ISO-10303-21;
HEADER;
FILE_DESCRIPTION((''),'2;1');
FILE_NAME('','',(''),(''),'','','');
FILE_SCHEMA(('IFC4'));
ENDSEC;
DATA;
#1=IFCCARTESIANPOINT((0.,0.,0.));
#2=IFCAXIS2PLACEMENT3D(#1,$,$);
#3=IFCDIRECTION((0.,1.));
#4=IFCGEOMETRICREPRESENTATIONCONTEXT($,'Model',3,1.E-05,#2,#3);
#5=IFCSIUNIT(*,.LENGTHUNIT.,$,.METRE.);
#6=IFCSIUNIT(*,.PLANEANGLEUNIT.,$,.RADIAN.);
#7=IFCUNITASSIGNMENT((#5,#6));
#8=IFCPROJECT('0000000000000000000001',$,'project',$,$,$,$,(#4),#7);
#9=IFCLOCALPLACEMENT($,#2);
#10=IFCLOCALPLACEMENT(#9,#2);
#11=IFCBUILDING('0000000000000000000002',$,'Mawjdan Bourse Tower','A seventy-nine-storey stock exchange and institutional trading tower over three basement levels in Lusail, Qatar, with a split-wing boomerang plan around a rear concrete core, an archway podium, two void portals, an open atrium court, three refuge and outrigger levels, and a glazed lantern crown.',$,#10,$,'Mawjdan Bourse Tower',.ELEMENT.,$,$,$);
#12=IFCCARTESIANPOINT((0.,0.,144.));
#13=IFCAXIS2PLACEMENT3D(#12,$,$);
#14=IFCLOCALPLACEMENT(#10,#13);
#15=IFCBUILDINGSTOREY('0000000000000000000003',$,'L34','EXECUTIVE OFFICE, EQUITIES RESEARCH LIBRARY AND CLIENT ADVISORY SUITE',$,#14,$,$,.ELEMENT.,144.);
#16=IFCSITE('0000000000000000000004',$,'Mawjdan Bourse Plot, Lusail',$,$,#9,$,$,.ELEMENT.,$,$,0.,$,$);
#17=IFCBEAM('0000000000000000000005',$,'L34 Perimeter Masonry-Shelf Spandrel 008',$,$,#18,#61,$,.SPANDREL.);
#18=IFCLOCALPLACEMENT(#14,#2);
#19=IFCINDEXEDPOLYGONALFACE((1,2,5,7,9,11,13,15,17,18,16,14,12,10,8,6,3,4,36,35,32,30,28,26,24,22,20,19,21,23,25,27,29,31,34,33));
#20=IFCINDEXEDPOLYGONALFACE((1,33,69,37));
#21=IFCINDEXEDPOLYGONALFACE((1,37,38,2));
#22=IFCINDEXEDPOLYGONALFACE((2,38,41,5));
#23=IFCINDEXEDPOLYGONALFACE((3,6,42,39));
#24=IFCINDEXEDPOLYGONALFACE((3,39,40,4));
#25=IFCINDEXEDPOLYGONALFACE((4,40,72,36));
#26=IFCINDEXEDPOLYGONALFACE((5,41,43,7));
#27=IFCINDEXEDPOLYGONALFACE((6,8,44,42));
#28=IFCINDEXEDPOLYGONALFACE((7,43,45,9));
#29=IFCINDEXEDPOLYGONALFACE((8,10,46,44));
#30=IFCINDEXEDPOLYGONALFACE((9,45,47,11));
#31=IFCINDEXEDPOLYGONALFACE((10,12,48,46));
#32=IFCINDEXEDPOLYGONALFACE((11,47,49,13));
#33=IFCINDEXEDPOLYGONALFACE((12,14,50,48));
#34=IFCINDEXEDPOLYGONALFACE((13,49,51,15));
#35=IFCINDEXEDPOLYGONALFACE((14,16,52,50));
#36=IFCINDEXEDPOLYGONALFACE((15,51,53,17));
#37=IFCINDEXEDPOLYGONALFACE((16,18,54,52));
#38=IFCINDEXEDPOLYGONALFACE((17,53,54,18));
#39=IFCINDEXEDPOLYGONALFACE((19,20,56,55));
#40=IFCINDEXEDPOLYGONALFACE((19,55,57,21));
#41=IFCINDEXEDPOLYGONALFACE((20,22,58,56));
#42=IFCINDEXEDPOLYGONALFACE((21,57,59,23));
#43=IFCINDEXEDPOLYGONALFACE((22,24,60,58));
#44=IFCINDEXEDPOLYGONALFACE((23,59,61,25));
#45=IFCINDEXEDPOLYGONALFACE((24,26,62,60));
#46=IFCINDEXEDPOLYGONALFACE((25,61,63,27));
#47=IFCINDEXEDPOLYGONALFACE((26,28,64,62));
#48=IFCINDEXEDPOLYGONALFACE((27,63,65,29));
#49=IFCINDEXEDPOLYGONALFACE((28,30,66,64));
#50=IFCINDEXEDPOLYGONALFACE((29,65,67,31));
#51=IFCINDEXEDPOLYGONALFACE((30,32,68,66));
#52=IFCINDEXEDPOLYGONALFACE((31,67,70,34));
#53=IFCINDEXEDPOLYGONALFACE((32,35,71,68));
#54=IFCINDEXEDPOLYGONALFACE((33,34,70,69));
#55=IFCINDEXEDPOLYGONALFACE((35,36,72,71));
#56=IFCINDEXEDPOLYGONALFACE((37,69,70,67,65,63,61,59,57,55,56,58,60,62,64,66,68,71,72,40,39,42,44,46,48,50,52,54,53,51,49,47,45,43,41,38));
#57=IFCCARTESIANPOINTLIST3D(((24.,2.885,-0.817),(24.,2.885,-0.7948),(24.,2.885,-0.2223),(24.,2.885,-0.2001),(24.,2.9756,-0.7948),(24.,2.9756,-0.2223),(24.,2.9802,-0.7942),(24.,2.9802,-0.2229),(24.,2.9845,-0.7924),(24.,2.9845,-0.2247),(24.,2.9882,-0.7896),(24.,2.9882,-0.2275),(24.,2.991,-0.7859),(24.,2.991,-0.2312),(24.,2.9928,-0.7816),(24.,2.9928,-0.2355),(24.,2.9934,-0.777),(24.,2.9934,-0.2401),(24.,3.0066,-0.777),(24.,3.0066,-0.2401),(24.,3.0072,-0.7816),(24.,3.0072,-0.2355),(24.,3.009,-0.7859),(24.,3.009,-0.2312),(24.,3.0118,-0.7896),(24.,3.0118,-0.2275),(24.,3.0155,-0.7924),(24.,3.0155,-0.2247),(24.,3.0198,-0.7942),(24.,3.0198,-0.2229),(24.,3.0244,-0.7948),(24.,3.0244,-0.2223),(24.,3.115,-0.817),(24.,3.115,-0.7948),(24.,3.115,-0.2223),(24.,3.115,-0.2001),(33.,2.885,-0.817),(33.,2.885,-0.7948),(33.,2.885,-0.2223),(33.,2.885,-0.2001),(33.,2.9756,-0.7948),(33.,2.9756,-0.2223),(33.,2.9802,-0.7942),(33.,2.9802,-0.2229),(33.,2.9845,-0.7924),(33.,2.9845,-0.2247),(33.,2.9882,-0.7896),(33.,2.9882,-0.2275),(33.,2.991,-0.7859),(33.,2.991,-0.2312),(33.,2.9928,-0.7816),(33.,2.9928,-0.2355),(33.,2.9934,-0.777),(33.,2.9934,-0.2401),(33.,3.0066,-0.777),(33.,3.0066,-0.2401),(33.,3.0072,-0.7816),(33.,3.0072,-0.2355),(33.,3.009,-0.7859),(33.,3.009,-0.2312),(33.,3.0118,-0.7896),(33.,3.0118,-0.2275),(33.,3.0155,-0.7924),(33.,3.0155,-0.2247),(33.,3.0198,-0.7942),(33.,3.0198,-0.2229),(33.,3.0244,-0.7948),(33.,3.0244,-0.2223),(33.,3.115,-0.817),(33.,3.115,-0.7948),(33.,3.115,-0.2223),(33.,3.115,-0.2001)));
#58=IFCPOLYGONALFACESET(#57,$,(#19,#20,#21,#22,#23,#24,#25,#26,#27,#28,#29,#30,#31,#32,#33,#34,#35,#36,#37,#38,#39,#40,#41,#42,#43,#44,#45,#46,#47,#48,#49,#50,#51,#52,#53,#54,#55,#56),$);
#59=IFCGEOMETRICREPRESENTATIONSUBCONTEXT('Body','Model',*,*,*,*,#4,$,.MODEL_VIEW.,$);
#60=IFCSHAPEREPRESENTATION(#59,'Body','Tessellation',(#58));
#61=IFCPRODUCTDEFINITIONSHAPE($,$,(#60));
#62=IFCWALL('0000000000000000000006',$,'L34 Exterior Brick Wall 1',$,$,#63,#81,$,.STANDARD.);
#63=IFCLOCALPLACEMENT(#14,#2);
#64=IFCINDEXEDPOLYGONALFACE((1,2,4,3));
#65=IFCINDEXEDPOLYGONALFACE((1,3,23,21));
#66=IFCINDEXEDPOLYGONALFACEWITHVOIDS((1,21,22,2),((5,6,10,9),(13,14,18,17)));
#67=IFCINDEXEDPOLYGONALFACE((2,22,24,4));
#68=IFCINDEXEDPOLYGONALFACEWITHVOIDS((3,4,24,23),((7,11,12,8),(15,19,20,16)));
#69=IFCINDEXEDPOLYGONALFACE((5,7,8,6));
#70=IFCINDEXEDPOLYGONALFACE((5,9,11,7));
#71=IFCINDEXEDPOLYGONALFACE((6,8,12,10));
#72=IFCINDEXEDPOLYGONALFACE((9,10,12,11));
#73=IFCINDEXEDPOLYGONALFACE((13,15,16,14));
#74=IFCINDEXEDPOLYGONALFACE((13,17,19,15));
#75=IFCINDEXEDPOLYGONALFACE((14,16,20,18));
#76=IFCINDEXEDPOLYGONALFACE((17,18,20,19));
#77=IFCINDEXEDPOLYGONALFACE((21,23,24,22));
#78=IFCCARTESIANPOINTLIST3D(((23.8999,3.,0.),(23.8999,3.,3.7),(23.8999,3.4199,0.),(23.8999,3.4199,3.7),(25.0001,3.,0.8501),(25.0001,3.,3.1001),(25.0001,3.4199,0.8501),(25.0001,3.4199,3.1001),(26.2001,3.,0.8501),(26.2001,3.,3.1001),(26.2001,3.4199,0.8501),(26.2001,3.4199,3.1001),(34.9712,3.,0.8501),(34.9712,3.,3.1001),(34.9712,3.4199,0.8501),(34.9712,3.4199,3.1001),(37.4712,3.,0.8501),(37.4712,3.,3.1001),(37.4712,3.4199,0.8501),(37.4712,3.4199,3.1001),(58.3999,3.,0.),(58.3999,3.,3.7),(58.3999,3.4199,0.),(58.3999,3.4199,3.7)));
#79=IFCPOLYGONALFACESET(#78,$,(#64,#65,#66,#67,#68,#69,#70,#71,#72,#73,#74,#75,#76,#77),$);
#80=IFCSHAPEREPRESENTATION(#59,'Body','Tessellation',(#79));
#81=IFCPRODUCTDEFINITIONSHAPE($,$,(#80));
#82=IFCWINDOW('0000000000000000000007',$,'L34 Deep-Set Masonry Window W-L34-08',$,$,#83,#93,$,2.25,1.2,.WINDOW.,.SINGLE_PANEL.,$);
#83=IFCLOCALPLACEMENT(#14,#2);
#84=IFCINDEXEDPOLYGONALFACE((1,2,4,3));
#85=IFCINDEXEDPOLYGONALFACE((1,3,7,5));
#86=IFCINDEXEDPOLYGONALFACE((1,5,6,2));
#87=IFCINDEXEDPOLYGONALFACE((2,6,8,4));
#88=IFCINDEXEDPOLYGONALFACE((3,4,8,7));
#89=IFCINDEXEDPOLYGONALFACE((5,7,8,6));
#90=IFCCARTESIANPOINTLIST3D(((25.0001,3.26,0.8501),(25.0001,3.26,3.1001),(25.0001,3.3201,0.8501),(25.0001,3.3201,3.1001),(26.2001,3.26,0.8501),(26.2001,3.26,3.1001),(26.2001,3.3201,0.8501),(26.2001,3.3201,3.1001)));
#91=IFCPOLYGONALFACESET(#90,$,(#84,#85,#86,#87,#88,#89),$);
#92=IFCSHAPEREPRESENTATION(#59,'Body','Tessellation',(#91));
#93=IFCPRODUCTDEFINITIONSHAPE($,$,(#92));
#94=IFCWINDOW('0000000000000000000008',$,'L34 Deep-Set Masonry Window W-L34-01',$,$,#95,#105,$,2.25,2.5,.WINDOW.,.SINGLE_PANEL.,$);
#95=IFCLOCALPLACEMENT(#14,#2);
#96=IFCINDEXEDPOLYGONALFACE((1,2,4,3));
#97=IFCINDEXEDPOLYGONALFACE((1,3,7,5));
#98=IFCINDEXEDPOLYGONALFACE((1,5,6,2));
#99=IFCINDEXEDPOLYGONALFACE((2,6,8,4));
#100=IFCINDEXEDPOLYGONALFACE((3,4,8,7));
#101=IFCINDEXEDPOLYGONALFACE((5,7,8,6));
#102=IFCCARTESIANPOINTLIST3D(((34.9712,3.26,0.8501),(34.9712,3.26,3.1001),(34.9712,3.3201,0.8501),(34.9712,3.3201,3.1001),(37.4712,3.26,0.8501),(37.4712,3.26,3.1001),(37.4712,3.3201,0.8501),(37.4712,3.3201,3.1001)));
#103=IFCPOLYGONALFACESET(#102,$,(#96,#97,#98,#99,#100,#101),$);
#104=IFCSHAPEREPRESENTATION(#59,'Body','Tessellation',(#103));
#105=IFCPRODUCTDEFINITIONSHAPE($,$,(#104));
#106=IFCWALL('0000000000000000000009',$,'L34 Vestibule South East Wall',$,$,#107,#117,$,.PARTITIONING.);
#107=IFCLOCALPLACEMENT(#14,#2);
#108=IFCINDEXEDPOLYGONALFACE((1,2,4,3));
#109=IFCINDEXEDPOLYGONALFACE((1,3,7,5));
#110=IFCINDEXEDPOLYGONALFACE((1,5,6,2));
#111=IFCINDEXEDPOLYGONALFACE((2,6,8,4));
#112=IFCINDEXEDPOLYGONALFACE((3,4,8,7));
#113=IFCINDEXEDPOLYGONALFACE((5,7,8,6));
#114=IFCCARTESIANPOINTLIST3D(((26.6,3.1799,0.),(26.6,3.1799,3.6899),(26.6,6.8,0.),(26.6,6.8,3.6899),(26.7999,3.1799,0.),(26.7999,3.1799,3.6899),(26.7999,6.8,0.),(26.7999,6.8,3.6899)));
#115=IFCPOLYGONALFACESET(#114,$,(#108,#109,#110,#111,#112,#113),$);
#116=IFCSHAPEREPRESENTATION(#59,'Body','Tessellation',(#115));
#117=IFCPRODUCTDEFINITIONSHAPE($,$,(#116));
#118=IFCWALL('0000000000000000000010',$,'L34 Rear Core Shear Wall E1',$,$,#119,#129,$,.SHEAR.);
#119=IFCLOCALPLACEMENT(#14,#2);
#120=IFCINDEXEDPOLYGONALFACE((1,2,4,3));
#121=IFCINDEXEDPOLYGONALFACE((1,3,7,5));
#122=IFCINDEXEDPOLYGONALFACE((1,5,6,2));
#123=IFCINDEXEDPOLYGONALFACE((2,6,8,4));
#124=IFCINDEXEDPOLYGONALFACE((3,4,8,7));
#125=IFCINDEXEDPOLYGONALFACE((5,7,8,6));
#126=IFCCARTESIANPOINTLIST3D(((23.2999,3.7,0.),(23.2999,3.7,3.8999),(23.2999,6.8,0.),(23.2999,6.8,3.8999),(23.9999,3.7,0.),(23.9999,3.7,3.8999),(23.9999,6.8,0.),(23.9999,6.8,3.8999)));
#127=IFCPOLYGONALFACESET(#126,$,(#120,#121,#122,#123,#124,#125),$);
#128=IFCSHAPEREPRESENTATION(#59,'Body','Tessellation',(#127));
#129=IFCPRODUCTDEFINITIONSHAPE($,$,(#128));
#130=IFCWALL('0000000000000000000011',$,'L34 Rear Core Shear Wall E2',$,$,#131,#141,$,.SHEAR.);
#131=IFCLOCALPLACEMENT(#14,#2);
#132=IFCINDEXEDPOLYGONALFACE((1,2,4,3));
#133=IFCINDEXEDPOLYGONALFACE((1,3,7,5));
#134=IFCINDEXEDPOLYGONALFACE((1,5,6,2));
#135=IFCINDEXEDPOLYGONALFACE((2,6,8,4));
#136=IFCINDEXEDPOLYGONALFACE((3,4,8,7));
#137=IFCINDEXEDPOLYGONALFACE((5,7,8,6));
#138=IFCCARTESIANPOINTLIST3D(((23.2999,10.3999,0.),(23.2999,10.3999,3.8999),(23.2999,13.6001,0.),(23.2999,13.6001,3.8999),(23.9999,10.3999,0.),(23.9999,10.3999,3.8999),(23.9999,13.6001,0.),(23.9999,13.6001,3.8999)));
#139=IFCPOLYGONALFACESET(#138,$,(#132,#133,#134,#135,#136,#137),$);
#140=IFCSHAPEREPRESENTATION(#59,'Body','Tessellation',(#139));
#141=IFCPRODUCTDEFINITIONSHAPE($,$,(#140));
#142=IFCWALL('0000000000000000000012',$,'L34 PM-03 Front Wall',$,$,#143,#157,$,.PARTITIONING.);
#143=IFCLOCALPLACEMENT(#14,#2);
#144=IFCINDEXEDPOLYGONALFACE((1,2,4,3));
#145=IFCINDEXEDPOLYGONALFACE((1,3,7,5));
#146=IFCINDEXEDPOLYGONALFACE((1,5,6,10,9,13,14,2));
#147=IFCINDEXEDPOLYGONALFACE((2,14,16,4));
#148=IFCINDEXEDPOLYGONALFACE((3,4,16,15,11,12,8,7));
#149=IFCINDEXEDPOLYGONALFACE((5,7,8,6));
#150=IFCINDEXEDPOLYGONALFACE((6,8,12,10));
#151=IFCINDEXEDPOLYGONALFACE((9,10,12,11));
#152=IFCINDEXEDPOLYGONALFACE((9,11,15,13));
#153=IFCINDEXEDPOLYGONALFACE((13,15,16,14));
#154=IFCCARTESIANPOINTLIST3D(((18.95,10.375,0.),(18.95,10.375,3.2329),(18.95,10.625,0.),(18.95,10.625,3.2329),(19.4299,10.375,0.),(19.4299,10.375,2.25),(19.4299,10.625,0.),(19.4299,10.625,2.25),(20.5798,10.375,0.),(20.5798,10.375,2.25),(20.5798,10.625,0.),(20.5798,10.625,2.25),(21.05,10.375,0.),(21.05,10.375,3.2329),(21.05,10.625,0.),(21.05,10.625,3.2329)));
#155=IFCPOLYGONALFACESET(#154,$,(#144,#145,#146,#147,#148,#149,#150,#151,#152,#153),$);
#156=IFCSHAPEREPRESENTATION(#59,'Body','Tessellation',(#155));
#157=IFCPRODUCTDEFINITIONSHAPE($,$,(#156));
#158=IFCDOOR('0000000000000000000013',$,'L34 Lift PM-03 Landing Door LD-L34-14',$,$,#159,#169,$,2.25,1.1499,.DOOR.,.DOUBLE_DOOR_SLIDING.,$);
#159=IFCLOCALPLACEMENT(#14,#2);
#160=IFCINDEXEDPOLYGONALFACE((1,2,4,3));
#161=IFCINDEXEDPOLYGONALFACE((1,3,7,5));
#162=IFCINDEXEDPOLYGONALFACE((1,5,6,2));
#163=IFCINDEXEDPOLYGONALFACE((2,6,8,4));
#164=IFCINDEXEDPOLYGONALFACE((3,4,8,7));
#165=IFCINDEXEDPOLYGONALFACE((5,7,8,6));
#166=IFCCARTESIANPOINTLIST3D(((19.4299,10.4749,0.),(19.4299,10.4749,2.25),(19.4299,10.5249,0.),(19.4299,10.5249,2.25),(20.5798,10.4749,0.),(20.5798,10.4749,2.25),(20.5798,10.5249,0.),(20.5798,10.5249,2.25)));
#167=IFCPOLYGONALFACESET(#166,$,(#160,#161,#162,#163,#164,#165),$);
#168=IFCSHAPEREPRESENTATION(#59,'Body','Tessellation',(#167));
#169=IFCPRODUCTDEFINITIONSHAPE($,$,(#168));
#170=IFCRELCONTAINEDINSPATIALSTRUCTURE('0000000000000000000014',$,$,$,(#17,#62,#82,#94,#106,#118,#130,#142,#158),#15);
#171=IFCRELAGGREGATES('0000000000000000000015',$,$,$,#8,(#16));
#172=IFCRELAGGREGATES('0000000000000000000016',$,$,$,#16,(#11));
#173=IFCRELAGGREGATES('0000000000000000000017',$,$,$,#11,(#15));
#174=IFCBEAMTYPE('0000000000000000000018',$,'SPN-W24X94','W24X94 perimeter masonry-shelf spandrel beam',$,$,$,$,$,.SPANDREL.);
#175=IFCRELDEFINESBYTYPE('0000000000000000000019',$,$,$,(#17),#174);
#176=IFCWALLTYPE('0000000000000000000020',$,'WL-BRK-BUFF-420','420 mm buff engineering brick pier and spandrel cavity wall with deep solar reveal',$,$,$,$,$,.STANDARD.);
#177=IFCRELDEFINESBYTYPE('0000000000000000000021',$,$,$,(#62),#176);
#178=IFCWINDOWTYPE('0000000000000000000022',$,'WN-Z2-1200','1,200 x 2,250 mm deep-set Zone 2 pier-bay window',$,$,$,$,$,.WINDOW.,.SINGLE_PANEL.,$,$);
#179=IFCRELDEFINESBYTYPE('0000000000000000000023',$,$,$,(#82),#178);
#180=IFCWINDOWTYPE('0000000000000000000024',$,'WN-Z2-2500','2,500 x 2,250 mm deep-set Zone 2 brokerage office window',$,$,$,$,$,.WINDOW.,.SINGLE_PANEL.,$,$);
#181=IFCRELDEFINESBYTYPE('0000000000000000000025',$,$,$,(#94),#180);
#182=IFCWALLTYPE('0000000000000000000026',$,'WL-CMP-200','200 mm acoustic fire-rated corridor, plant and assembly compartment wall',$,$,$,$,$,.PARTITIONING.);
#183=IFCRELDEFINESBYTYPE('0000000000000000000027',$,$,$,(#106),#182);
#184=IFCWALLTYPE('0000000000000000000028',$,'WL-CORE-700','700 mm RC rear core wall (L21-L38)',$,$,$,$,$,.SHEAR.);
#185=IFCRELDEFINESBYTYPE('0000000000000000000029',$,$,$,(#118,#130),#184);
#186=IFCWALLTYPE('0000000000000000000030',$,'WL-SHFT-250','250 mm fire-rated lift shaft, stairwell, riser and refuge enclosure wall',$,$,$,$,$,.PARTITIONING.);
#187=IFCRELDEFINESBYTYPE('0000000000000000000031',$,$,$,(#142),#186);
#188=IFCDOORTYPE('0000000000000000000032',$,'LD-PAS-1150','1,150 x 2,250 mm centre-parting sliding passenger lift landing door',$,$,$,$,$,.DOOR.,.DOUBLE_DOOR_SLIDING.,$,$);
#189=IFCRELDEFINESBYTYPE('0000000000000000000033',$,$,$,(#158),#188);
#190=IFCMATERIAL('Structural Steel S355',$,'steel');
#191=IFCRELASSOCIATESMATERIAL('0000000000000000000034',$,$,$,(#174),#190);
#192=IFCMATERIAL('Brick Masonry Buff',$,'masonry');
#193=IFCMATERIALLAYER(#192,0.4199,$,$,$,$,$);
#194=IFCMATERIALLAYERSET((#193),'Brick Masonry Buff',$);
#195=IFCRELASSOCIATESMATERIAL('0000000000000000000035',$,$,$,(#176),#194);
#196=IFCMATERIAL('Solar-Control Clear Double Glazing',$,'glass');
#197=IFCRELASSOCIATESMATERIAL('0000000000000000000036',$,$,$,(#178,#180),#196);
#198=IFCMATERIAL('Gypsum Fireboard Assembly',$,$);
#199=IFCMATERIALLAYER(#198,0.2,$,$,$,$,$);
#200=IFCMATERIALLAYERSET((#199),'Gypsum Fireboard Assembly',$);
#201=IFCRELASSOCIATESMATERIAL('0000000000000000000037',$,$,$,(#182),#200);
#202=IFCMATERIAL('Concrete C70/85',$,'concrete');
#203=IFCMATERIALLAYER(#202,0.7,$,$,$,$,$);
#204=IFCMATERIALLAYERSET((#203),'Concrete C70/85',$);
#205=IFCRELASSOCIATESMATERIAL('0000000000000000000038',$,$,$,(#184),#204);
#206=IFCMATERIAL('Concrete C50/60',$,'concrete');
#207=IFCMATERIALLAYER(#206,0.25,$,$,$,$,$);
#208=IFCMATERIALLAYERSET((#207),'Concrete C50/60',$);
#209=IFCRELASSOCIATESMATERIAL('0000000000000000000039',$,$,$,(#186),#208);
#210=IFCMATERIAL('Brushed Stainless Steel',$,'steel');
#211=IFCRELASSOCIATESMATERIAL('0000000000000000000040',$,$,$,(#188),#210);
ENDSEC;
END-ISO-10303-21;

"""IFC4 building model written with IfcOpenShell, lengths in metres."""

from ifc_helpers import new_model, si_unit, direction, frame, frame_2d, origin, origin_2d, place, context, subcontext, project, spatial, rectangle, i_section, extrude, material, layer, layer_set, material_profile, profile_set, type_object, element, fill, save


model = new_model("IFC4")

# Units and contexts
model_context = context("Model", 3, precision=1e-05, world=origin(), true_north=direction((0.0, 1.0)))
body_context = subcontext(model_context, "Body", "Model", "MODEL_VIEW")
ifc_project = project(units=[si_unit("LENGTHUNIT", "METRE"), si_unit("PLANEANGLEUNIT", "RADIAN")], contexts=[model_context])

# Site, building, storey
site_placement = place(None, origin())
site = spatial("IfcSite", under=ifc_project, at=site_placement, Name="Mawjdan Bourse Plot, Lusail", CompositionType="ELEMENT", RefElevation=0.0)
building_placement = place(site_placement, origin())
building = spatial("IfcBuilding", under=site, at=building_placement, Name="Mawjdan Bourse Tower", Description="A seventy-nine-storey stock exchange and institutional trading tower over three basement levels in Lusail, Qatar, with a split-wing boomerang plan around a rear concrete core, an archway podium, two void portals, an open atrium court, three refuge and outrigger levels, and a glazed lantern crown.", LongName="Mawjdan Bourse Tower", CompositionType="ELEMENT")
storey_placement = place(building_placement, frame((0.0, 0.0, 144.0)))
storey = spatial("IfcBuildingStorey", under=building, at=storey_placement, Name="L34", Description="EXECUTIVE OFFICE, EQUITIES RESEARCH LIBRARY AND CLIENT ADVISORY SUITE", CompositionType="ELEMENT", Elevation=144.0)

# Shared definitions
ifc_material_1 = material(Name="Concrete C70/85", Category="concrete")

# Beam
ifc_material_2 = material(Name="Structural Steel S355", Category="steel")
ifc_material_profile_1 = material_profile(ifc_material_2, i_section(OverallWidth=0.23, OverallDepth=0.6169, WebThickness=0.0132, FlangeThickness=0.0222, FilletRadius=0.0178, at=origin_2d()), Name="W24X94")
ifc_profile_set_1 = profile_set([ifc_material_profile_1], Name="Structural Steel S355")
beam_type_1 = type_object("IfcBeamType", Name="SPN-W24X94", Description="W24X94 perimeter masonry-shelf spandrel beam", PredefinedType="SPANDREL", material=ifc_profile_set_1)
beam_1_placement = place(storey_placement, frame((24.0, 3.0, -0.5085), z_axis=(1.0, 0.0, 0.0), x_axis=(0.0, 1.0, 0.0)))
element("IfcBeam", 1, at=beam_1_placement, inside=storey, type_object=beam_type_1, Name="L34 Perimeter Masonry-Shelf Spandrel 008", PredefinedType="SPANDREL", context=body_context, shape_type="SweptSolid", body=[
    extrude(i_section(OverallWidth=0.23, OverallDepth=0.6169, WebThickness=0.0132, FlangeThickness=0.0222, FilletRadius=0.0178, at=origin_2d()), origin(), (0.0, 0.0, 1.0), 9.0),
])

# Wall, openings, windows
ifc_material_3 = material(Name="Brick Masonry Buff", Category="masonry")
ifc_layer_1 = layer(ifc_material_3, 0.4199)
ifc_layer_set_1 = layer_set([ifc_layer_1], Name="Brick Masonry Buff")
wall_type_1 = type_object("IfcWallType", Name="WL-BRK-BUFF-420", Description="420 mm buff engineering brick pier and spandrel cavity wall with deep solar reveal", PredefinedType="STANDARD", material=ifc_layer_set_1)
wall_1_placement = place(storey_placement, frame((23.8999, 3.21, 0.0), z_axis=(0.0, 0.0, 1.0), x_axis=(1.0, 0.0, 0.0)))
wall_1 = element("IfcWall", 2, at=wall_1_placement, inside=storey, type_object=wall_type_1, Name="L34 Exterior Brick Wall 1", PredefinedType="STANDARD", context=body_context, shape_type="SweptSolid", body=[
    extrude(rectangle(XDim=34.5, YDim=0.4199, at=frame_2d((17.25, 0.0))), origin(), (0.0, 0.0, 1.0), 3.7),
])
opening_1_placement = place(wall_1_placement, frame((11.0713, 0.0, 0.8501)))
opening_1 = element("IfcOpeningElement", 3, at=opening_1_placement, cuts=wall_1, PredefinedType="OPENING", context=body_context, shape_type="SweptSolid", body=[
    extrude(rectangle(XDim=2.5, YDim=2.25, at=frame_2d((1.25, 1.125))), frame((0.0, 0.22, 0.0), z_axis=(0.0, -1.0, 0.0), x_axis=(1.0, 0.0, 0.0)), (0.0, 0.0, 1.0), 0.4399),
])
opening_2_placement = place(wall_1_placement, frame((1.1001, 0.0, 0.8501)))
opening_2 = element("IfcOpeningElement", 4, at=opening_2_placement, cuts=wall_1, PredefinedType="OPENING", context=body_context, shape_type="SweptSolid", body=[
    extrude(rectangle(XDim=1.2, YDim=2.25, at=frame_2d((0.6001, 1.125))), frame((0.0, 0.22, 0.0), z_axis=(0.0, -1.0, 0.0), x_axis=(1.0, 0.0, 0.0)), (0.0, 0.0, 1.0), 0.4399),
])
ifc_material_4 = material(Name="Solar-Control Clear Double Glazing", Category="glass")
window_type_1 = type_object("IfcWindowType", Name="WN-Z2-1200", Description="1,200 x 2,250 mm deep-set Zone 2 pier-bay window", PartitioningType="SINGLE_PANEL", PredefinedType="WINDOW", material=ifc_material_4)
window_1_placement = place(opening_2_placement, origin())
window_1 = element("IfcWindow", 5, at=window_1_placement, inside=storey, type_object=window_type_1, Name="L34 Deep-Set Masonry Window W-L34-08", OverallHeight=2.25, OverallWidth=1.2, PartitioningType="SINGLE_PANEL", PredefinedType="WINDOW", context=body_context, shape_type="SweptSolid", body=[
    extrude(rectangle(XDim=1.2, YDim=2.25, at=frame_2d((0.6001, 1.125))), frame((0.0, 0.1101, 0.0), z_axis=(0.0, -1.0, 0.0), x_axis=(1.0, 0.0, 0.0)), (0.0, 0.0, 1.0), 0.0601),
])
fill(opening_2, window_1)
window_type_2 = type_object("IfcWindowType", Name="WN-Z2-2500", Description="2,500 x 2,250 mm deep-set Zone 2 brokerage office window", PartitioningType="SINGLE_PANEL", PredefinedType="WINDOW", material=ifc_material_4)
window_2_placement = place(opening_1_placement, origin())
window_2 = element("IfcWindow", 6, at=window_2_placement, inside=storey, type_object=window_type_2, Name="L34 Deep-Set Masonry Window W-L34-01", OverallHeight=2.25, OverallWidth=2.5, PartitioningType="SINGLE_PANEL", PredefinedType="WINDOW", context=body_context, shape_type="SweptSolid", body=[
    extrude(rectangle(XDim=2.5, YDim=2.25, at=frame_2d((1.25, 1.125))), frame((0.0, 0.1101, 0.0), z_axis=(0.0, -1.0, 0.0), x_axis=(1.0, 0.0, 0.0)), (0.0, 0.0, 1.0), 0.0601),
])
fill(opening_1, window_2)

# Shared definitions
ifc_material_5 = material(Name="Gypsum Fireboard Assembly")
ifc_layer_2 = layer(ifc_material_5, 0.2)
ifc_layer_set_2 = layer_set([ifc_layer_2], Name="Gypsum Fireboard Assembly")
wall_type_2 = type_object("IfcWallType", Name="WL-CMP-200", Description="200 mm acoustic fire-rated corridor, plant and assembly compartment wall", PredefinedType="PARTITIONING", material=ifc_layer_set_2)

# Walls
wall_2_placement = place(storey_placement, frame((26.7, 3.1799, 0.0), z_axis=(0.0, 0.0, 1.0), x_axis=(0.0, 1.0, 0.0)))
element("IfcWall", 7, at=wall_2_placement, inside=storey, type_object=wall_type_2, Name="L34 Vestibule South East Wall", PredefinedType="PARTITIONING", context=body_context, shape_type="SweptSolid", body=[
    extrude(rectangle(XDim=3.6201, YDim=0.2, at=frame_2d((1.8101, 0.0))), origin(), (0.0, 0.0, 1.0), 3.6899),
])
ifc_layer_3 = layer(ifc_material_1, 0.7)
ifc_layer_set_3 = layer_set([ifc_layer_3], Name="Concrete C70/85")
wall_type_3 = type_object("IfcWallType", Name="WL-CORE-700", Description="700 mm RC rear core wall (L21-L38)", PredefinedType="SHEAR", material=ifc_layer_set_3)
wall_3_placement = place(storey_placement, frame((23.6499, 3.7, 0.0), z_axis=(0.0, 0.0, 1.0), x_axis=(0.0, 1.0, 0.0)))
element("IfcWall", 8, at=wall_3_placement, inside=storey, type_object=wall_type_3, Name="L34 Rear Core Shear Wall E1", PredefinedType="SHEAR", context=body_context, shape_type="SweptSolid", body=[
    extrude(rectangle(XDim=3.1001, YDim=0.7, at=frame_2d((1.55, 0.0))), origin(), (0.0, 0.0, 1.0), 3.8999),
])
wall_4_placement = place(storey_placement, frame((23.6499, 10.3999, 0.0), z_axis=(0.0, 0.0, 1.0), x_axis=(0.0, 1.0, 0.0)))
element("IfcWall", 9, at=wall_4_placement, inside=storey, type_object=wall_type_3, Name="L34 Rear Core Shear Wall E2", PredefinedType="SHEAR", context=body_context, shape_type="SweptSolid", body=[
    extrude(rectangle(XDim=3.2002, YDim=0.7, at=frame_2d((1.6001, 0.0))), origin(), (0.0, 0.0, 1.0), 3.8999),
])

# Wall, opening, door
ifc_material_6 = material(Name="Concrete C50/60", Category="concrete")
ifc_layer_4 = layer(ifc_material_6, 0.25)
ifc_layer_set_4 = layer_set([ifc_layer_4], Name="Concrete C50/60")
wall_type_4 = type_object("IfcWallType", Name="WL-SHFT-250", Description="250 mm fire-rated lift shaft, stairwell, riser and refuge enclosure wall", PredefinedType="PARTITIONING", material=ifc_layer_set_4)
wall_5_placement = place(storey_placement, frame((18.95, 10.5, 0.0), z_axis=(0.0, 0.0, 1.0), x_axis=(1.0, 0.0, 0.0)))
wall_5 = element("IfcWall", 10, at=wall_5_placement, inside=storey, type_object=wall_type_4, Name="L34 PM-03 Front Wall", PredefinedType="PARTITIONING", context=body_context, shape_type="SweptSolid", body=[
    extrude(rectangle(XDim=2.1001, YDim=0.25, at=frame_2d((1.05, 0.0))), origin(), (0.0, 0.0, 1.0), 3.2329),
])
opening_3_placement = place(wall_5_placement, frame((0.48, 0.0, 0.0)))
opening_3 = element("IfcOpeningElement", 11, at=opening_3_placement, cuts=wall_5, PredefinedType="OPENING", context=body_context, shape_type="SweptSolid", body=[
    extrude(rectangle(XDim=1.1499, YDim=2.25, at=frame_2d((0.575, 1.125))), frame((0.0, 0.135, 0.0), z_axis=(0.0, -1.0, 0.0), x_axis=(1.0, 0.0, 0.0)), (0.0, 0.0, 1.0), 0.27),
])
ifc_material_7 = material(Name="Brushed Stainless Steel", Category="steel")
door_type_1 = type_object("IfcDoorType", Name="LD-PAS-1150", Description="1,150 x 2,250 mm centre-parting sliding passenger lift landing door", OperationType="DOUBLE_DOOR_SLIDING", PredefinedType="DOOR", material=ifc_material_7)
door_1_placement = place(opening_3_placement, origin())
door_1 = element("IfcDoor", 12, at=door_1_placement, inside=storey, type_object=door_type_1, Name="L34 Lift PM-03 Landing Door LD-L34-14", OperationType="DOUBLE_DOOR_SLIDING", OverallHeight=2.25, OverallWidth=1.1499, PredefinedType="DOOR", context=body_context, shape_type="SweptSolid", body=[
    extrude(rectangle(XDim=1.1499, YDim=2.25, at=frame_2d((0.575, 1.125))), frame((0.0, 0.0249, 0.0), z_axis=(0.0, -1.0, 0.0), x_axis=(1.0, 0.0, 0.0)), (0.0, 0.0, 1.0), 0.05),
])
fill(opening_3, door_1)

save(model, "model.ifc")
